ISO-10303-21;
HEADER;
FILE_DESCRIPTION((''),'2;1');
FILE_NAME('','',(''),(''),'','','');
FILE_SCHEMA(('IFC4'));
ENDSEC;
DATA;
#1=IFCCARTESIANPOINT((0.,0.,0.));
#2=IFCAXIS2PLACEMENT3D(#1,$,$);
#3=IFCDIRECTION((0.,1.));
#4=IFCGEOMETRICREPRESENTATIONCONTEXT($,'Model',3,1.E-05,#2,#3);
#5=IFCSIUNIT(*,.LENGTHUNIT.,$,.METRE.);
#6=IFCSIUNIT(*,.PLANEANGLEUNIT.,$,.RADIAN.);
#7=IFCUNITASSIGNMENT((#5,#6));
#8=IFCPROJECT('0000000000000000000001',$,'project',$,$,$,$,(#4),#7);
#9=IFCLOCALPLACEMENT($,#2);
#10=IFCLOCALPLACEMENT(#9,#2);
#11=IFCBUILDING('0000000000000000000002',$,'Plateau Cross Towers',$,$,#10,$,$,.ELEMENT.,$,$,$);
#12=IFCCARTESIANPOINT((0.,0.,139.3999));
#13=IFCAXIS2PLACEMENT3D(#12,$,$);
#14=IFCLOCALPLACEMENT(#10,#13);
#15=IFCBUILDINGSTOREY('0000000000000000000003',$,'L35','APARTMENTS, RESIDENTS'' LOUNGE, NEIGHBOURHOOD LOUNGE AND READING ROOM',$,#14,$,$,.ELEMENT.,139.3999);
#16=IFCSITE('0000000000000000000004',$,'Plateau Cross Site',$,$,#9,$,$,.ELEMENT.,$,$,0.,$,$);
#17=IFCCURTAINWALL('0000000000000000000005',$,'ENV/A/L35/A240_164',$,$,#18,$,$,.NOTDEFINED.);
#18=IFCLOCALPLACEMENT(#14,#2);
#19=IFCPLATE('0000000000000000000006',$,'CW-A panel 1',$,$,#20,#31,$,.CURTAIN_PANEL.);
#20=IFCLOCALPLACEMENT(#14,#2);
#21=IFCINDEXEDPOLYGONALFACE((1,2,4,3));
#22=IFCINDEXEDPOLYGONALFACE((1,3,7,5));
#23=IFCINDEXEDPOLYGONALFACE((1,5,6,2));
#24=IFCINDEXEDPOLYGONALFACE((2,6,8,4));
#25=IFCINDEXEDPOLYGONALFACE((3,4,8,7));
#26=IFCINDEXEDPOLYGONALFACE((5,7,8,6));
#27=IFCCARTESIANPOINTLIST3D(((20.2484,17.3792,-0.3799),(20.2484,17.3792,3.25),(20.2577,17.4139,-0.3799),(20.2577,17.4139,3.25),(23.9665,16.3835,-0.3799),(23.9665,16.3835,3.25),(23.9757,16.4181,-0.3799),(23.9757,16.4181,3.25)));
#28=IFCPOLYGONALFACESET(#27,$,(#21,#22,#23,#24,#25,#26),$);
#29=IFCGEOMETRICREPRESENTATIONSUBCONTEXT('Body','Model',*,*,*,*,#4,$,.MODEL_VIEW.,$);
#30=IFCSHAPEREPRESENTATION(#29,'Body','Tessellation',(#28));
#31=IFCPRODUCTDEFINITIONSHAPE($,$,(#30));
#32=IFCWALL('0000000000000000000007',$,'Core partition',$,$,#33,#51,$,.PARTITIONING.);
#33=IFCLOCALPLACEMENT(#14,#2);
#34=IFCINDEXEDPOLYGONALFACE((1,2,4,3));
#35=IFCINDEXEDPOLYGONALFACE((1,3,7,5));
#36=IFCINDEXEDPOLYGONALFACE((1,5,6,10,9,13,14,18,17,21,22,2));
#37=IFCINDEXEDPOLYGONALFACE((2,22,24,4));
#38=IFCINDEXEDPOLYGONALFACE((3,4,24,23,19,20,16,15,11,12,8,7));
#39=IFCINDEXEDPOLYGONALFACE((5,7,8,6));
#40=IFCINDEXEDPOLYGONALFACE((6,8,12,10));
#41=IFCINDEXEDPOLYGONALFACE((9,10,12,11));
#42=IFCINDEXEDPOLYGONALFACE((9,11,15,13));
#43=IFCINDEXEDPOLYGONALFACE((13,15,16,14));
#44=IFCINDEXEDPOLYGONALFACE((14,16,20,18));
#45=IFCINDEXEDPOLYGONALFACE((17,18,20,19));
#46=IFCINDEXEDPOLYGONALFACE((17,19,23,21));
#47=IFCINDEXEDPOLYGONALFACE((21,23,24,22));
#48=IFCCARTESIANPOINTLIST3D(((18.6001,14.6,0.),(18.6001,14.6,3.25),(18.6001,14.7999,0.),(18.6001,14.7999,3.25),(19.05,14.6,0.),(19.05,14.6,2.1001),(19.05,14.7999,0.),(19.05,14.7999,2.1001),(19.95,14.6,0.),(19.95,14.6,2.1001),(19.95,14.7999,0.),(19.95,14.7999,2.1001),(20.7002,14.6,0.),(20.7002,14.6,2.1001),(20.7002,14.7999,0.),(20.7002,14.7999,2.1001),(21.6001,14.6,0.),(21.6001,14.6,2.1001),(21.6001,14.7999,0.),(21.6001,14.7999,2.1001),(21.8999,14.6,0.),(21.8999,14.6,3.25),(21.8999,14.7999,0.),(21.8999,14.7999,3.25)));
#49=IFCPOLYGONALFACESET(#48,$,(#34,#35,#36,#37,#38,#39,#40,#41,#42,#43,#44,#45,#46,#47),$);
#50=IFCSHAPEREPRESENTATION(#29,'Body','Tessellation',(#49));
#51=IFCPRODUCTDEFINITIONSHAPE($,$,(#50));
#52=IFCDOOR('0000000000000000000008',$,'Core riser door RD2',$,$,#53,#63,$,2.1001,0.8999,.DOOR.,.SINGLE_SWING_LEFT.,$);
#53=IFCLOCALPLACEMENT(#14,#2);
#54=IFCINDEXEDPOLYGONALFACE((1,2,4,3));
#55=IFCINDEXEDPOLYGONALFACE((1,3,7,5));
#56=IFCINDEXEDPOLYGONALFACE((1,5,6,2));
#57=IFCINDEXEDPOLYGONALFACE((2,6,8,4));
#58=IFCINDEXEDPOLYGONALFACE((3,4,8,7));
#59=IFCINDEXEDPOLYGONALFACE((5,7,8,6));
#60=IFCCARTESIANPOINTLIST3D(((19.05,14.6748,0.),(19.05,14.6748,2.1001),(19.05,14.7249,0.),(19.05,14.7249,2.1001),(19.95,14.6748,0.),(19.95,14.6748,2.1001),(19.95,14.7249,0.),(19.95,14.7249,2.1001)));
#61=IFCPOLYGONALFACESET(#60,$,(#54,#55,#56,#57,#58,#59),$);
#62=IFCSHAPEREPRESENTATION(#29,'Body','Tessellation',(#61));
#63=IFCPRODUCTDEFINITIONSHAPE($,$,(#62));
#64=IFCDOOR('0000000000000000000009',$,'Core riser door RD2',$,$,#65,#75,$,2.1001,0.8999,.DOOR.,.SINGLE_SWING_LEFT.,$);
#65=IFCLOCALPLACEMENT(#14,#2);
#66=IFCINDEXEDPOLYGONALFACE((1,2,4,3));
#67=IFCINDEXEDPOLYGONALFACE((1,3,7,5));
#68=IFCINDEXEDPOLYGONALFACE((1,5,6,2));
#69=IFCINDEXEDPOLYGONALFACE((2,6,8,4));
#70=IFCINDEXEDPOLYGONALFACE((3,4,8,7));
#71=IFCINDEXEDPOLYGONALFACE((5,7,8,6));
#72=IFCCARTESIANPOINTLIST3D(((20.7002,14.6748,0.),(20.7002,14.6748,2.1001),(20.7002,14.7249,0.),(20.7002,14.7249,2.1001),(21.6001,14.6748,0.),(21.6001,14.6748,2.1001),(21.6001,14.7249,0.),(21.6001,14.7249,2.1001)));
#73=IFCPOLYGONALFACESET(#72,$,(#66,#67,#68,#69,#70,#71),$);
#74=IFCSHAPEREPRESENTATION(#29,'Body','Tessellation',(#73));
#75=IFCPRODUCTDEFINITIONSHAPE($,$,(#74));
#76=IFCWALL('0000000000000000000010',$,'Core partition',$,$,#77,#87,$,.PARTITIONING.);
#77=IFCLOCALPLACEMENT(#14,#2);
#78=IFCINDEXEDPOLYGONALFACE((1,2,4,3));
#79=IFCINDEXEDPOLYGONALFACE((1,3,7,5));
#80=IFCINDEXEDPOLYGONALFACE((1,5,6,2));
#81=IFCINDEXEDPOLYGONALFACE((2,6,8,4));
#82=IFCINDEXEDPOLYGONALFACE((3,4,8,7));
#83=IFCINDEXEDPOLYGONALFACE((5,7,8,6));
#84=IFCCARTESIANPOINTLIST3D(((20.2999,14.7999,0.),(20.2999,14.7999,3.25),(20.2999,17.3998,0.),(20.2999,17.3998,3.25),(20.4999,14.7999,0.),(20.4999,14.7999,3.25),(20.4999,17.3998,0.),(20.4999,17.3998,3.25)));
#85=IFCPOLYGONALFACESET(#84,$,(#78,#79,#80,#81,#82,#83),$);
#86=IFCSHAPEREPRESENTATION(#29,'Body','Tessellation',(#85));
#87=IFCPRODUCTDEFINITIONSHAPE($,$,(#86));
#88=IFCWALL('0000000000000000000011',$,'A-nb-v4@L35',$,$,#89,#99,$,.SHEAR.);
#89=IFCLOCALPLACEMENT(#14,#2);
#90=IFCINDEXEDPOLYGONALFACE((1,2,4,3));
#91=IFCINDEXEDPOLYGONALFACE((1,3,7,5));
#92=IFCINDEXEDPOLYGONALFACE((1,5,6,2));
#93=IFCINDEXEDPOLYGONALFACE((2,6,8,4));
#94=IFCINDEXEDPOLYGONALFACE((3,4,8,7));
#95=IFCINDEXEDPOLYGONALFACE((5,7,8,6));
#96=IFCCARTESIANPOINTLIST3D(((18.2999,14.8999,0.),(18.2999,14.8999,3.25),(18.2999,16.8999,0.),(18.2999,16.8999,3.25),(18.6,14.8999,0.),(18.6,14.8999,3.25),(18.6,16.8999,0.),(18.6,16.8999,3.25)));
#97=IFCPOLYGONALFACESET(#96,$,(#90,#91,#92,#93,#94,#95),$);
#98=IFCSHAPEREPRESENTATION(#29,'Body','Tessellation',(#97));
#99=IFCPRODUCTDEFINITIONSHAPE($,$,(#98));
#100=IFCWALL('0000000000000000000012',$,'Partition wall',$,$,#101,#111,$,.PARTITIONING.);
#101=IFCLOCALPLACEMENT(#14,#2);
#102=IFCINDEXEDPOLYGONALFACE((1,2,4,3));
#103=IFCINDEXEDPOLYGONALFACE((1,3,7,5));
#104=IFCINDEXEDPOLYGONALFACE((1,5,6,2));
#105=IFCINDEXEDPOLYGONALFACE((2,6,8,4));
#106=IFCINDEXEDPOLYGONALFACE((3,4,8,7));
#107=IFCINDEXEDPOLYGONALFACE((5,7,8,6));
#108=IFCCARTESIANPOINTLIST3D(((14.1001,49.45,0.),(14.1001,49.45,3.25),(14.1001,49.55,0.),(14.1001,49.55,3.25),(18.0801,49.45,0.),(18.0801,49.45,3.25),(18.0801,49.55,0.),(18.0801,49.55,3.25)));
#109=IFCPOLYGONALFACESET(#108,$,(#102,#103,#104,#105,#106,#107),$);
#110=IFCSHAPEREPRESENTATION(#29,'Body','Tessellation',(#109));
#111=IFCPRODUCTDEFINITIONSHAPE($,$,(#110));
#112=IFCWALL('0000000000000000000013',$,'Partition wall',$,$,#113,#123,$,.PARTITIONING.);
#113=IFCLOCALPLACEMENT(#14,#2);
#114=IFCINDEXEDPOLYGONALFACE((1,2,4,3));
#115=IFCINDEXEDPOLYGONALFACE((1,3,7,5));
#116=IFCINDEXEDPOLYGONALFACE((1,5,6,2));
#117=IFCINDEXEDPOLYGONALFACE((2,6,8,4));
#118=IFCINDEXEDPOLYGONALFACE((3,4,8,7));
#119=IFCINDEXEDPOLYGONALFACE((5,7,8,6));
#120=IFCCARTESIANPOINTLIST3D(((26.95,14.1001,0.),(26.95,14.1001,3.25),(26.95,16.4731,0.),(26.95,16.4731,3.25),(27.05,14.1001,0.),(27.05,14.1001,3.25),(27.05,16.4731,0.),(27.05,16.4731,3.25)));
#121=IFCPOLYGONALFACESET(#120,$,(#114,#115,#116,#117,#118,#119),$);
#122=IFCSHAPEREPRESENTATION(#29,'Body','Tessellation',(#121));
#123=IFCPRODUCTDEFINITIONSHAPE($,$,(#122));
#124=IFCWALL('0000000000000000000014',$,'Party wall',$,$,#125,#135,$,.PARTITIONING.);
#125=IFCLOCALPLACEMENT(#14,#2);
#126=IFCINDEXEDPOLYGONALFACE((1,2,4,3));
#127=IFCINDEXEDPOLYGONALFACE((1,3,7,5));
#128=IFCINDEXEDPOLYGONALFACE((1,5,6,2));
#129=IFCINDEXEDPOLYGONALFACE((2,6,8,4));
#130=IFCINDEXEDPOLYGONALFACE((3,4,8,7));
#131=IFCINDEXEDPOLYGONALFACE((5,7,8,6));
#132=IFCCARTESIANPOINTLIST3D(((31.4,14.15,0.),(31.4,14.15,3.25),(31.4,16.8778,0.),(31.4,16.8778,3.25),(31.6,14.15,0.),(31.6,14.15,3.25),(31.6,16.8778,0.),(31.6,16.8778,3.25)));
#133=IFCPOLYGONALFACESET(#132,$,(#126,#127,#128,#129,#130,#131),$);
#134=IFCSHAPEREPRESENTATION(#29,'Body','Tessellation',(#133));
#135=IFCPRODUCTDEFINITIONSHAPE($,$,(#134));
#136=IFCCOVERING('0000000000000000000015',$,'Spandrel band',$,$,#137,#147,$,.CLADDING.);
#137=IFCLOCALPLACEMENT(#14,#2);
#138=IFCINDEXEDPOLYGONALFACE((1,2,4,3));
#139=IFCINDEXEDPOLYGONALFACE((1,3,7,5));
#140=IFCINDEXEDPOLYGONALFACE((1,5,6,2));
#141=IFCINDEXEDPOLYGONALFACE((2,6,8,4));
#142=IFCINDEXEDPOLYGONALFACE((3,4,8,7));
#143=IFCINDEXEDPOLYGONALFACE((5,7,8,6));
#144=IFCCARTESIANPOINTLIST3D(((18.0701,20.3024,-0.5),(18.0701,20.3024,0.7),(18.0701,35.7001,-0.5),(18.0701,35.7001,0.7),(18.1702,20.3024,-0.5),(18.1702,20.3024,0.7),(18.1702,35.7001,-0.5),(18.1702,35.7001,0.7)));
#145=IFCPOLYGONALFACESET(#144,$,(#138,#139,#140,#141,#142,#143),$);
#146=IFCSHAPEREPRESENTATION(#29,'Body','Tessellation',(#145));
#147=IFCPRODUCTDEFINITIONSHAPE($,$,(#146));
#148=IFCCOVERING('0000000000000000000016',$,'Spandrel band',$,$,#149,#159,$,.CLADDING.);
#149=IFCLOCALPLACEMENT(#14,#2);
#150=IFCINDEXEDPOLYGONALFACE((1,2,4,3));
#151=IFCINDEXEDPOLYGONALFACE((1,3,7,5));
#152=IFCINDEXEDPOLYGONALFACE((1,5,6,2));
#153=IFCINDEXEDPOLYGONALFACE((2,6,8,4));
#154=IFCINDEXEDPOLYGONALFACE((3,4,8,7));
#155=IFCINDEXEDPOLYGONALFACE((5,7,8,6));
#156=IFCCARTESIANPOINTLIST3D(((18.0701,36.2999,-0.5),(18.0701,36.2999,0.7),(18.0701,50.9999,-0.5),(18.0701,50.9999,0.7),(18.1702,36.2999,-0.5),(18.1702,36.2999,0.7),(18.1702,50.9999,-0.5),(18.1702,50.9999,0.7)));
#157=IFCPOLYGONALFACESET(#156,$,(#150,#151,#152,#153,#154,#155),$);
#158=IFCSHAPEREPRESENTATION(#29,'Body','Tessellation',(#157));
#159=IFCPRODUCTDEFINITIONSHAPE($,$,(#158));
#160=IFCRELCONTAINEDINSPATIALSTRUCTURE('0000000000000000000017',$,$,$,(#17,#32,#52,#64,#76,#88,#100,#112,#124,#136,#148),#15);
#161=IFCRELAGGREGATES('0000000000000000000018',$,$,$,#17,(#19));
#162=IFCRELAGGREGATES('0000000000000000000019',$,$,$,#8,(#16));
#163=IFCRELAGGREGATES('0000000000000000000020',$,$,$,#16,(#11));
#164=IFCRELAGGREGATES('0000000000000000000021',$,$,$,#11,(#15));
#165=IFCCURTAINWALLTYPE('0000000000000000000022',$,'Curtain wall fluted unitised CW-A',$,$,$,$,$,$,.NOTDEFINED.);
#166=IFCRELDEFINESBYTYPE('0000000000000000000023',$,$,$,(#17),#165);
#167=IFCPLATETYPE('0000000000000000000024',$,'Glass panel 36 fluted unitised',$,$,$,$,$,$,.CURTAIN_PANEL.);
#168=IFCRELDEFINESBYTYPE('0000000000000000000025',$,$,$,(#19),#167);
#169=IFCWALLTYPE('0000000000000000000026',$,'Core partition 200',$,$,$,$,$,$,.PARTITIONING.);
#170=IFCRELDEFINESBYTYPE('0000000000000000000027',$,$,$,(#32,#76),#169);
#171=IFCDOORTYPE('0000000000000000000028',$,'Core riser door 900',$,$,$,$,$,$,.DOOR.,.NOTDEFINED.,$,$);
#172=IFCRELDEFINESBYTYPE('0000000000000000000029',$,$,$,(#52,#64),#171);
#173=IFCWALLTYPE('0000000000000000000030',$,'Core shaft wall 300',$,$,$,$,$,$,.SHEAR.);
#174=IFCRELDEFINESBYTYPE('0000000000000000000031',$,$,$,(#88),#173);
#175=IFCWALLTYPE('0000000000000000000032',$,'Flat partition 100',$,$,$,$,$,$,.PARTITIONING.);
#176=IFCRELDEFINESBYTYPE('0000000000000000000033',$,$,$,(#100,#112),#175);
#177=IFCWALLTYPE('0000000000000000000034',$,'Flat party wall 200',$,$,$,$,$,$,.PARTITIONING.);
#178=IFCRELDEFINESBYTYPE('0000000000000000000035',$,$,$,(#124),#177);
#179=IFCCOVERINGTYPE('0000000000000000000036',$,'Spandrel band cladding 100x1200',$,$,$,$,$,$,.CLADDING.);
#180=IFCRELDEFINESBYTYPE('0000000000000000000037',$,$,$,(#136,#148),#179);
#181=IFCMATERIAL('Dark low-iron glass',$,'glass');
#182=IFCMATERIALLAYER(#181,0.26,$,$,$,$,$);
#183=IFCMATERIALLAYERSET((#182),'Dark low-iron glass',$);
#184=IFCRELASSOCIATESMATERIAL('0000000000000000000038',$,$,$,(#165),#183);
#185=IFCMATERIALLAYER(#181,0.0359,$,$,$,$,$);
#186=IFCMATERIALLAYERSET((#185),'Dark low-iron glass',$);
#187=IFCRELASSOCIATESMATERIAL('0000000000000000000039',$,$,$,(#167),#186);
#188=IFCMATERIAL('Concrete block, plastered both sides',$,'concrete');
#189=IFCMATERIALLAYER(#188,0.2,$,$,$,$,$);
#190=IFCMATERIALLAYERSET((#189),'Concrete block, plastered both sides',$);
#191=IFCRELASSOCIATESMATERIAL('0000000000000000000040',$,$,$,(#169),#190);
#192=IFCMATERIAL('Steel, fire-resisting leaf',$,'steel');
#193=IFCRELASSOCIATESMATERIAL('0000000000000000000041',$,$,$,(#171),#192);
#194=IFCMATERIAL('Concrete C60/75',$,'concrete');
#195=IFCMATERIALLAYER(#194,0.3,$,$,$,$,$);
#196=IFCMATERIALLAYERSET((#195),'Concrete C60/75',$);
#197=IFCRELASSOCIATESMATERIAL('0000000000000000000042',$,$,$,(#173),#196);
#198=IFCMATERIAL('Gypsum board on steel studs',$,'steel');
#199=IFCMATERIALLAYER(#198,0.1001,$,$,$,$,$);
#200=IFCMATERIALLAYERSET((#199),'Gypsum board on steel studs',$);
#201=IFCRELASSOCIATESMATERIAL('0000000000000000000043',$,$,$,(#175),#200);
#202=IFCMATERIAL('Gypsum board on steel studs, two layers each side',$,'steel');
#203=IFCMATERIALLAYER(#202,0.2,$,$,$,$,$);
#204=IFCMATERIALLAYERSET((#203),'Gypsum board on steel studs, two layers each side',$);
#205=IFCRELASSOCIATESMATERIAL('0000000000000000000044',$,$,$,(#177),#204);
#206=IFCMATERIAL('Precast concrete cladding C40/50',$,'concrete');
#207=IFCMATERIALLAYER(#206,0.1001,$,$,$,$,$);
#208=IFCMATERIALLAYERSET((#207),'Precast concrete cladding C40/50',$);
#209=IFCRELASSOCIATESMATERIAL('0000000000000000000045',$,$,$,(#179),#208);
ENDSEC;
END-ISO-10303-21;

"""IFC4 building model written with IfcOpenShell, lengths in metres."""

from ifc_helpers import new_model, si_unit, direction, frame, frame_2d, origin, origin_2d, place, context, subcontext, project, spatial, rectangle, extrude, material, layer, layer_set, type_object, element, fill, aggregate, save


model = new_model("IFC4")

# Units and contexts
model_context = context("Model", 3, precision=1e-05, world=origin(), true_north=direction((0.0, 1.0)))
body_context = subcontext(model_context, "Body", "Model", "MODEL_VIEW")
ifc_project = project(units=[si_unit("LENGTHUNIT", "METRE"), si_unit("PLANEANGLEUNIT", "RADIAN")], contexts=[model_context])

# Site, building, storey
site_placement = place(None, origin())
site = spatial("IfcSite", under=ifc_project, at=site_placement, Name="Plateau Cross Site", CompositionType="ELEMENT", RefElevation=0.0)
building_placement = place(site_placement, origin())
building = spatial("IfcBuilding", under=site, at=building_placement, Name="Plateau Cross Towers", CompositionType="ELEMENT")
storey_placement = place(building_placement, frame((0.0, 0.0, 139.3999)))
storey = spatial("IfcBuildingStorey", under=building, at=storey_placement, Name="L35", Description="APARTMENTS, RESIDENTS' LOUNGE, NEIGHBOURHOOD LOUNGE AND READING ROOM", CompositionType="ELEMENT", Elevation=139.3999)

# Shared definitions
ifc_material_1 = material(Name="Dark low-iron glass", Category="glass")

# Curtain wall
ifc_layer_1 = layer(ifc_material_1, 0.26)
ifc_layer_set_1 = layer_set([ifc_layer_1], Name="Dark low-iron glass")
curtain_wall_type_1 = type_object("IfcCurtainWallType", Name="Curtain wall fluted unitised CW-A", PredefinedType="NOTDEFINED", material=ifc_layer_set_1)
curtain_wall_1_placement = place(storey_placement, origin())
curtain_wall_1 = element("IfcCurtainWall", 1, at=curtain_wall_1_placement, inside=storey, type_object=curtain_wall_type_1, Name="ENV/A/L35/A240_164", PredefinedType="NOTDEFINED")

# Plate
ifc_layer_2 = layer(ifc_material_1, 0.0359)
ifc_layer_set_2 = layer_set([ifc_layer_2], Name="Dark low-iron glass")
plate_type_1 = type_object("IfcPlateType", Name="Glass panel 36 fluted unitised", PredefinedType="CURTAIN_PANEL", material=ifc_layer_set_2)
plate_1_placement = place(storey_placement, frame((22.1121, 16.8987, -0.3799), z_axis=(0.0, 0.0, 1.0), x_axis=(-0.965958, 0.258699, 0.0)))
plate_1 = element("IfcPlate", 2, at=plate_1_placement, type_object=plate_type_1, Name="CW-A panel 1", PredefinedType="CURTAIN_PANEL", context=body_context, shape_type="SweptSolid", body=[
    extrude(rectangle(XDim=3.8491, YDim=0.0359, at=origin_2d()), origin(), (0.0, 0.0, 1.0), 3.6299),
])
aggregate(curtain_wall_1, [plate_1])

# Wall, openings, doors
ifc_material_2 = material(Name="Concrete block, plastered both sides", Category="concrete")
ifc_layer_3 = layer(ifc_material_2, 0.2)
ifc_layer_set_3 = layer_set([ifc_layer_3], Name="Concrete block, plastered both sides")
wall_type_1 = type_object("IfcWallType", Name="Core partition 200", PredefinedType="PARTITIONING", material=ifc_layer_set_3)
wall_1_placement = place(storey_placement, frame((18.6001, 14.7, 0.0), z_axis=(0.0, 0.0, 1.0), x_axis=(1.0, 0.0, 0.0)))
wall_1 = element("IfcWall", 3, at=wall_1_placement, inside=storey, type_object=wall_type_1, Name="Core partition", PredefinedType="PARTITIONING", context=body_context, shape_type="SweptSolid", body=[
    extrude(rectangle(XDim=3.2998, YDim=0.2, at=frame_2d((1.6499, 0.0))), origin(), (0.0, 0.0, 1.0), 3.25),
])
opening_1_placement = place(wall_1_placement, frame((0.45, 0.0, 0.0)))
opening_1 = element("IfcOpeningElement", 4, at=opening_1_placement, cuts=wall_1, PredefinedType="OPENING", context=body_context, shape_type="SweptSolid", body=[
    extrude(rectangle(XDim=0.8999, YDim=2.1001, at=frame_2d((0.45, 1.05))), frame((0.0, 0.1099, 0.0), z_axis=(0.0, -1.0, 0.0), x_axis=(1.0, 0.0, 0.0)), (0.0, 0.0, 1.0), 0.22),
])
opening_2_placement = place(wall_1_placement, frame((2.1001, 0.0, 0.0)))
opening_2 = element("IfcOpeningElement", 5, at=opening_2_placement, cuts=wall_1, PredefinedType="OPENING", context=body_context, shape_type="SweptSolid", body=[
    extrude(rectangle(XDim=0.8999, YDim=2.1001, at=frame_2d((0.45, 1.05))), frame((0.0, 0.1099, 0.0), z_axis=(0.0, -1.0, 0.0), x_axis=(1.0, 0.0, 0.0)), (0.0, 0.0, 1.0), 0.22),
])
ifc_material_3 = material(Name="Steel, fire-resisting leaf", Category="steel")
door_type = type_object("IfcDoorType", Name="Core riser door 900", OperationType="NOTDEFINED", PredefinedType="DOOR", material=ifc_material_3)
door_1_placement = place(opening_1_placement, origin())
door_1 = element("IfcDoor", 6, at=door_1_placement, inside=storey, type_object=door_type, Name="Core riser door RD2", OperationType="SINGLE_SWING_LEFT", OverallHeight=2.1001, OverallWidth=0.8999, PredefinedType="DOOR", context=body_context, shape_type="SweptSolid", body=[
    extrude(rectangle(XDim=0.8999, YDim=2.1001, at=frame_2d((0.45, 1.05))), frame((0.0, 0.0249, 0.0), z_axis=(0.0, -1.0, 0.0), x_axis=(1.0, 0.0, 0.0)), (0.0, 0.0, 1.0), 0.05),
])
fill(opening_1, door_1)
door_2_placement = place(opening_2_placement, origin())
door_2 = element("IfcDoor", 7, at=door_2_placement, inside=storey, type_object=door_type, Name="Core riser door RD2", OperationType="SINGLE_SWING_LEFT", OverallHeight=2.1001, OverallWidth=0.8999, PredefinedType="DOOR", context=body_context, shape_type="SweptSolid", body=[
    extrude(rectangle(XDim=0.8999, YDim=2.1001, at=frame_2d((0.45, 1.05))), frame((0.0, 0.0249, 0.0), z_axis=(0.0, -1.0, 0.0), x_axis=(1.0, 0.0, 0.0)), (0.0, 0.0, 1.0), 0.05),
])
fill(opening_2, door_2)

# Walls
wall_2_placement = place(storey_placement, frame((20.3999, 14.8, 0.0), z_axis=(0.0, 0.0, 1.0), x_axis=(0.0, 1.0, 0.0)))
element("IfcWall", 8, at=wall_2_placement, inside=storey, type_object=wall_type_1, Name="Core partition", PredefinedType="PARTITIONING", context=body_context, shape_type="SweptSolid", body=[
    extrude(rectangle(XDim=2.5999, YDim=0.2, at=frame_2d((1.2998, 0.0))), origin(), (0.0, 0.0, 1.0), 3.25),
])
ifc_material_4 = material(Name="Concrete C60/75", Category="concrete")
ifc_layer_4 = layer(ifc_material_4, 0.3)
ifc_layer_set_4 = layer_set([ifc_layer_4], Name="Concrete C60/75")
wall_type_2 = type_object("IfcWallType", Name="Core shaft wall 300", PredefinedType="SHEAR", material=ifc_layer_set_4)
wall_3_placement = place(storey_placement, frame((18.45, 14.8999, 0.0), z_axis=(0.0, 0.0, 1.0), x_axis=(0.0, 1.0, 0.0)))
element("IfcWall", 9, at=wall_3_placement, inside=storey, type_object=wall_type_2, Name="A-nb-v4@L35", PredefinedType="SHEAR", context=body_context, shape_type="SweptSolid", body=[
    extrude(rectangle(XDim=2.0, YDim=0.3, at=frame_2d((1.0, 0.0))), origin(), (0.0, 0.0, 1.0), 3.25),
])
ifc_material_5 = material(Name="Gypsum board on steel studs", Category="steel")
ifc_layer_5 = layer(ifc_material_5, 0.1001)
ifc_layer_set_5 = layer_set([ifc_layer_5], Name="Gypsum board on steel studs")
wall_type_3 = type_object("IfcWallType", Name="Flat partition 100", PredefinedType="PARTITIONING", material=ifc_layer_set_5)
wall_4_placement = place(storey_placement, frame((18.0801, 49.5, 0.0), z_axis=(0.0, 0.0, 1.0), x_axis=(-1.0, 0.0, 0.0)))
element("IfcWall", 10, at=wall_4_placement, inside=storey, type_object=wall_type_3, Name="Partition wall", PredefinedType="PARTITIONING", context=body_context, shape_type="SweptSolid", body=[
    extrude(rectangle(XDim=3.98, YDim=0.1001, at=frame_2d((1.99, 0.0))), origin(), (0.0, 0.0, 1.0), 3.25),
])
wall_5_placement = place(storey_placement, frame((27.0, 14.1001, 0.0), z_axis=(0.0, 0.0, 1.0), x_axis=(0.0, 1.0, 0.0)))
element("IfcWall", 11, at=wall_5_placement, inside=storey, type_object=wall_type_3, Name="Partition wall", PredefinedType="PARTITIONING", context=body_context, shape_type="SweptSolid", body=[
    extrude(rectangle(XDim=2.373, YDim=0.1001, at=frame_2d((1.1865, 0.0))), origin(), (0.0, 0.0, 1.0), 3.25),
])
ifc_material_6 = material(Name="Gypsum board on steel studs, two layers each side", Category="steel")
ifc_layer_6 = layer(ifc_material_6, 0.2)
ifc_layer_set_6 = layer_set([ifc_layer_6], Name="Gypsum board on steel studs, two layers each side")
wall_type_4 = type_object("IfcWallType", Name="Flat party wall 200", PredefinedType="PARTITIONING", material=ifc_layer_set_6)
wall_6_placement = place(storey_placement, frame((31.5, 16.8777, 0.0), z_axis=(0.0, 0.0, 1.0), x_axis=(0.0, -1.0, 0.0)))
element("IfcWall", 12, at=wall_6_placement, inside=storey, type_object=wall_type_4, Name="Party wall", PredefinedType="PARTITIONING", context=body_context, shape_type="SweptSolid", body=[
    extrude(rectangle(XDim=2.7278, YDim=0.2, at=frame_2d((1.3638, 0.0))), origin(), (0.0, 0.0, 1.0), 3.25),
])

# Coverings
ifc_material_7 = material(Name="Precast concrete cladding C40/50", Category="concrete")
ifc_layer_7 = layer(ifc_material_7, 0.1001)
ifc_layer_set_7 = layer_set([ifc_layer_7], Name="Precast concrete cladding C40/50")
covering_type = type_object("IfcCoveringType", Name="Spandrel band cladding 100x1200", PredefinedType="CLADDING", material=ifc_layer_set_7)
covering_1_placement = place(storey_placement, frame((18.1201, 28.0012, -0.5), z_axis=(0.0, 0.0, 1.0), x_axis=(0.0, 1.0, 0.0)))
element("IfcCovering", 13, at=covering_1_placement, inside=storey, type_object=covering_type, Name="Spandrel band", PredefinedType="CLADDING", context=body_context, shape_type="SweptSolid", body=[
    extrude(rectangle(XDim=15.3977, YDim=0.1001, at=origin_2d()), origin(), (0.0, 0.0, 1.0), 1.2),
])
covering_2_placement = place(storey_placement, frame((18.1201, 43.6499, -0.5), z_axis=(0.0, 0.0, 1.0), x_axis=(0.0, 1.0, 0.0)))
element("IfcCovering", 14, at=covering_2_placement, inside=storey, type_object=covering_type, Name="Spandrel band", PredefinedType="CLADDING", context=body_context, shape_type="SweptSolid", body=[
    extrude(rectangle(XDim=14.7, YDim=0.1001, at=origin_2d()), origin(), (0.0, 0.0, 1.0), 1.2),
])

save(model, "model.ifc")
